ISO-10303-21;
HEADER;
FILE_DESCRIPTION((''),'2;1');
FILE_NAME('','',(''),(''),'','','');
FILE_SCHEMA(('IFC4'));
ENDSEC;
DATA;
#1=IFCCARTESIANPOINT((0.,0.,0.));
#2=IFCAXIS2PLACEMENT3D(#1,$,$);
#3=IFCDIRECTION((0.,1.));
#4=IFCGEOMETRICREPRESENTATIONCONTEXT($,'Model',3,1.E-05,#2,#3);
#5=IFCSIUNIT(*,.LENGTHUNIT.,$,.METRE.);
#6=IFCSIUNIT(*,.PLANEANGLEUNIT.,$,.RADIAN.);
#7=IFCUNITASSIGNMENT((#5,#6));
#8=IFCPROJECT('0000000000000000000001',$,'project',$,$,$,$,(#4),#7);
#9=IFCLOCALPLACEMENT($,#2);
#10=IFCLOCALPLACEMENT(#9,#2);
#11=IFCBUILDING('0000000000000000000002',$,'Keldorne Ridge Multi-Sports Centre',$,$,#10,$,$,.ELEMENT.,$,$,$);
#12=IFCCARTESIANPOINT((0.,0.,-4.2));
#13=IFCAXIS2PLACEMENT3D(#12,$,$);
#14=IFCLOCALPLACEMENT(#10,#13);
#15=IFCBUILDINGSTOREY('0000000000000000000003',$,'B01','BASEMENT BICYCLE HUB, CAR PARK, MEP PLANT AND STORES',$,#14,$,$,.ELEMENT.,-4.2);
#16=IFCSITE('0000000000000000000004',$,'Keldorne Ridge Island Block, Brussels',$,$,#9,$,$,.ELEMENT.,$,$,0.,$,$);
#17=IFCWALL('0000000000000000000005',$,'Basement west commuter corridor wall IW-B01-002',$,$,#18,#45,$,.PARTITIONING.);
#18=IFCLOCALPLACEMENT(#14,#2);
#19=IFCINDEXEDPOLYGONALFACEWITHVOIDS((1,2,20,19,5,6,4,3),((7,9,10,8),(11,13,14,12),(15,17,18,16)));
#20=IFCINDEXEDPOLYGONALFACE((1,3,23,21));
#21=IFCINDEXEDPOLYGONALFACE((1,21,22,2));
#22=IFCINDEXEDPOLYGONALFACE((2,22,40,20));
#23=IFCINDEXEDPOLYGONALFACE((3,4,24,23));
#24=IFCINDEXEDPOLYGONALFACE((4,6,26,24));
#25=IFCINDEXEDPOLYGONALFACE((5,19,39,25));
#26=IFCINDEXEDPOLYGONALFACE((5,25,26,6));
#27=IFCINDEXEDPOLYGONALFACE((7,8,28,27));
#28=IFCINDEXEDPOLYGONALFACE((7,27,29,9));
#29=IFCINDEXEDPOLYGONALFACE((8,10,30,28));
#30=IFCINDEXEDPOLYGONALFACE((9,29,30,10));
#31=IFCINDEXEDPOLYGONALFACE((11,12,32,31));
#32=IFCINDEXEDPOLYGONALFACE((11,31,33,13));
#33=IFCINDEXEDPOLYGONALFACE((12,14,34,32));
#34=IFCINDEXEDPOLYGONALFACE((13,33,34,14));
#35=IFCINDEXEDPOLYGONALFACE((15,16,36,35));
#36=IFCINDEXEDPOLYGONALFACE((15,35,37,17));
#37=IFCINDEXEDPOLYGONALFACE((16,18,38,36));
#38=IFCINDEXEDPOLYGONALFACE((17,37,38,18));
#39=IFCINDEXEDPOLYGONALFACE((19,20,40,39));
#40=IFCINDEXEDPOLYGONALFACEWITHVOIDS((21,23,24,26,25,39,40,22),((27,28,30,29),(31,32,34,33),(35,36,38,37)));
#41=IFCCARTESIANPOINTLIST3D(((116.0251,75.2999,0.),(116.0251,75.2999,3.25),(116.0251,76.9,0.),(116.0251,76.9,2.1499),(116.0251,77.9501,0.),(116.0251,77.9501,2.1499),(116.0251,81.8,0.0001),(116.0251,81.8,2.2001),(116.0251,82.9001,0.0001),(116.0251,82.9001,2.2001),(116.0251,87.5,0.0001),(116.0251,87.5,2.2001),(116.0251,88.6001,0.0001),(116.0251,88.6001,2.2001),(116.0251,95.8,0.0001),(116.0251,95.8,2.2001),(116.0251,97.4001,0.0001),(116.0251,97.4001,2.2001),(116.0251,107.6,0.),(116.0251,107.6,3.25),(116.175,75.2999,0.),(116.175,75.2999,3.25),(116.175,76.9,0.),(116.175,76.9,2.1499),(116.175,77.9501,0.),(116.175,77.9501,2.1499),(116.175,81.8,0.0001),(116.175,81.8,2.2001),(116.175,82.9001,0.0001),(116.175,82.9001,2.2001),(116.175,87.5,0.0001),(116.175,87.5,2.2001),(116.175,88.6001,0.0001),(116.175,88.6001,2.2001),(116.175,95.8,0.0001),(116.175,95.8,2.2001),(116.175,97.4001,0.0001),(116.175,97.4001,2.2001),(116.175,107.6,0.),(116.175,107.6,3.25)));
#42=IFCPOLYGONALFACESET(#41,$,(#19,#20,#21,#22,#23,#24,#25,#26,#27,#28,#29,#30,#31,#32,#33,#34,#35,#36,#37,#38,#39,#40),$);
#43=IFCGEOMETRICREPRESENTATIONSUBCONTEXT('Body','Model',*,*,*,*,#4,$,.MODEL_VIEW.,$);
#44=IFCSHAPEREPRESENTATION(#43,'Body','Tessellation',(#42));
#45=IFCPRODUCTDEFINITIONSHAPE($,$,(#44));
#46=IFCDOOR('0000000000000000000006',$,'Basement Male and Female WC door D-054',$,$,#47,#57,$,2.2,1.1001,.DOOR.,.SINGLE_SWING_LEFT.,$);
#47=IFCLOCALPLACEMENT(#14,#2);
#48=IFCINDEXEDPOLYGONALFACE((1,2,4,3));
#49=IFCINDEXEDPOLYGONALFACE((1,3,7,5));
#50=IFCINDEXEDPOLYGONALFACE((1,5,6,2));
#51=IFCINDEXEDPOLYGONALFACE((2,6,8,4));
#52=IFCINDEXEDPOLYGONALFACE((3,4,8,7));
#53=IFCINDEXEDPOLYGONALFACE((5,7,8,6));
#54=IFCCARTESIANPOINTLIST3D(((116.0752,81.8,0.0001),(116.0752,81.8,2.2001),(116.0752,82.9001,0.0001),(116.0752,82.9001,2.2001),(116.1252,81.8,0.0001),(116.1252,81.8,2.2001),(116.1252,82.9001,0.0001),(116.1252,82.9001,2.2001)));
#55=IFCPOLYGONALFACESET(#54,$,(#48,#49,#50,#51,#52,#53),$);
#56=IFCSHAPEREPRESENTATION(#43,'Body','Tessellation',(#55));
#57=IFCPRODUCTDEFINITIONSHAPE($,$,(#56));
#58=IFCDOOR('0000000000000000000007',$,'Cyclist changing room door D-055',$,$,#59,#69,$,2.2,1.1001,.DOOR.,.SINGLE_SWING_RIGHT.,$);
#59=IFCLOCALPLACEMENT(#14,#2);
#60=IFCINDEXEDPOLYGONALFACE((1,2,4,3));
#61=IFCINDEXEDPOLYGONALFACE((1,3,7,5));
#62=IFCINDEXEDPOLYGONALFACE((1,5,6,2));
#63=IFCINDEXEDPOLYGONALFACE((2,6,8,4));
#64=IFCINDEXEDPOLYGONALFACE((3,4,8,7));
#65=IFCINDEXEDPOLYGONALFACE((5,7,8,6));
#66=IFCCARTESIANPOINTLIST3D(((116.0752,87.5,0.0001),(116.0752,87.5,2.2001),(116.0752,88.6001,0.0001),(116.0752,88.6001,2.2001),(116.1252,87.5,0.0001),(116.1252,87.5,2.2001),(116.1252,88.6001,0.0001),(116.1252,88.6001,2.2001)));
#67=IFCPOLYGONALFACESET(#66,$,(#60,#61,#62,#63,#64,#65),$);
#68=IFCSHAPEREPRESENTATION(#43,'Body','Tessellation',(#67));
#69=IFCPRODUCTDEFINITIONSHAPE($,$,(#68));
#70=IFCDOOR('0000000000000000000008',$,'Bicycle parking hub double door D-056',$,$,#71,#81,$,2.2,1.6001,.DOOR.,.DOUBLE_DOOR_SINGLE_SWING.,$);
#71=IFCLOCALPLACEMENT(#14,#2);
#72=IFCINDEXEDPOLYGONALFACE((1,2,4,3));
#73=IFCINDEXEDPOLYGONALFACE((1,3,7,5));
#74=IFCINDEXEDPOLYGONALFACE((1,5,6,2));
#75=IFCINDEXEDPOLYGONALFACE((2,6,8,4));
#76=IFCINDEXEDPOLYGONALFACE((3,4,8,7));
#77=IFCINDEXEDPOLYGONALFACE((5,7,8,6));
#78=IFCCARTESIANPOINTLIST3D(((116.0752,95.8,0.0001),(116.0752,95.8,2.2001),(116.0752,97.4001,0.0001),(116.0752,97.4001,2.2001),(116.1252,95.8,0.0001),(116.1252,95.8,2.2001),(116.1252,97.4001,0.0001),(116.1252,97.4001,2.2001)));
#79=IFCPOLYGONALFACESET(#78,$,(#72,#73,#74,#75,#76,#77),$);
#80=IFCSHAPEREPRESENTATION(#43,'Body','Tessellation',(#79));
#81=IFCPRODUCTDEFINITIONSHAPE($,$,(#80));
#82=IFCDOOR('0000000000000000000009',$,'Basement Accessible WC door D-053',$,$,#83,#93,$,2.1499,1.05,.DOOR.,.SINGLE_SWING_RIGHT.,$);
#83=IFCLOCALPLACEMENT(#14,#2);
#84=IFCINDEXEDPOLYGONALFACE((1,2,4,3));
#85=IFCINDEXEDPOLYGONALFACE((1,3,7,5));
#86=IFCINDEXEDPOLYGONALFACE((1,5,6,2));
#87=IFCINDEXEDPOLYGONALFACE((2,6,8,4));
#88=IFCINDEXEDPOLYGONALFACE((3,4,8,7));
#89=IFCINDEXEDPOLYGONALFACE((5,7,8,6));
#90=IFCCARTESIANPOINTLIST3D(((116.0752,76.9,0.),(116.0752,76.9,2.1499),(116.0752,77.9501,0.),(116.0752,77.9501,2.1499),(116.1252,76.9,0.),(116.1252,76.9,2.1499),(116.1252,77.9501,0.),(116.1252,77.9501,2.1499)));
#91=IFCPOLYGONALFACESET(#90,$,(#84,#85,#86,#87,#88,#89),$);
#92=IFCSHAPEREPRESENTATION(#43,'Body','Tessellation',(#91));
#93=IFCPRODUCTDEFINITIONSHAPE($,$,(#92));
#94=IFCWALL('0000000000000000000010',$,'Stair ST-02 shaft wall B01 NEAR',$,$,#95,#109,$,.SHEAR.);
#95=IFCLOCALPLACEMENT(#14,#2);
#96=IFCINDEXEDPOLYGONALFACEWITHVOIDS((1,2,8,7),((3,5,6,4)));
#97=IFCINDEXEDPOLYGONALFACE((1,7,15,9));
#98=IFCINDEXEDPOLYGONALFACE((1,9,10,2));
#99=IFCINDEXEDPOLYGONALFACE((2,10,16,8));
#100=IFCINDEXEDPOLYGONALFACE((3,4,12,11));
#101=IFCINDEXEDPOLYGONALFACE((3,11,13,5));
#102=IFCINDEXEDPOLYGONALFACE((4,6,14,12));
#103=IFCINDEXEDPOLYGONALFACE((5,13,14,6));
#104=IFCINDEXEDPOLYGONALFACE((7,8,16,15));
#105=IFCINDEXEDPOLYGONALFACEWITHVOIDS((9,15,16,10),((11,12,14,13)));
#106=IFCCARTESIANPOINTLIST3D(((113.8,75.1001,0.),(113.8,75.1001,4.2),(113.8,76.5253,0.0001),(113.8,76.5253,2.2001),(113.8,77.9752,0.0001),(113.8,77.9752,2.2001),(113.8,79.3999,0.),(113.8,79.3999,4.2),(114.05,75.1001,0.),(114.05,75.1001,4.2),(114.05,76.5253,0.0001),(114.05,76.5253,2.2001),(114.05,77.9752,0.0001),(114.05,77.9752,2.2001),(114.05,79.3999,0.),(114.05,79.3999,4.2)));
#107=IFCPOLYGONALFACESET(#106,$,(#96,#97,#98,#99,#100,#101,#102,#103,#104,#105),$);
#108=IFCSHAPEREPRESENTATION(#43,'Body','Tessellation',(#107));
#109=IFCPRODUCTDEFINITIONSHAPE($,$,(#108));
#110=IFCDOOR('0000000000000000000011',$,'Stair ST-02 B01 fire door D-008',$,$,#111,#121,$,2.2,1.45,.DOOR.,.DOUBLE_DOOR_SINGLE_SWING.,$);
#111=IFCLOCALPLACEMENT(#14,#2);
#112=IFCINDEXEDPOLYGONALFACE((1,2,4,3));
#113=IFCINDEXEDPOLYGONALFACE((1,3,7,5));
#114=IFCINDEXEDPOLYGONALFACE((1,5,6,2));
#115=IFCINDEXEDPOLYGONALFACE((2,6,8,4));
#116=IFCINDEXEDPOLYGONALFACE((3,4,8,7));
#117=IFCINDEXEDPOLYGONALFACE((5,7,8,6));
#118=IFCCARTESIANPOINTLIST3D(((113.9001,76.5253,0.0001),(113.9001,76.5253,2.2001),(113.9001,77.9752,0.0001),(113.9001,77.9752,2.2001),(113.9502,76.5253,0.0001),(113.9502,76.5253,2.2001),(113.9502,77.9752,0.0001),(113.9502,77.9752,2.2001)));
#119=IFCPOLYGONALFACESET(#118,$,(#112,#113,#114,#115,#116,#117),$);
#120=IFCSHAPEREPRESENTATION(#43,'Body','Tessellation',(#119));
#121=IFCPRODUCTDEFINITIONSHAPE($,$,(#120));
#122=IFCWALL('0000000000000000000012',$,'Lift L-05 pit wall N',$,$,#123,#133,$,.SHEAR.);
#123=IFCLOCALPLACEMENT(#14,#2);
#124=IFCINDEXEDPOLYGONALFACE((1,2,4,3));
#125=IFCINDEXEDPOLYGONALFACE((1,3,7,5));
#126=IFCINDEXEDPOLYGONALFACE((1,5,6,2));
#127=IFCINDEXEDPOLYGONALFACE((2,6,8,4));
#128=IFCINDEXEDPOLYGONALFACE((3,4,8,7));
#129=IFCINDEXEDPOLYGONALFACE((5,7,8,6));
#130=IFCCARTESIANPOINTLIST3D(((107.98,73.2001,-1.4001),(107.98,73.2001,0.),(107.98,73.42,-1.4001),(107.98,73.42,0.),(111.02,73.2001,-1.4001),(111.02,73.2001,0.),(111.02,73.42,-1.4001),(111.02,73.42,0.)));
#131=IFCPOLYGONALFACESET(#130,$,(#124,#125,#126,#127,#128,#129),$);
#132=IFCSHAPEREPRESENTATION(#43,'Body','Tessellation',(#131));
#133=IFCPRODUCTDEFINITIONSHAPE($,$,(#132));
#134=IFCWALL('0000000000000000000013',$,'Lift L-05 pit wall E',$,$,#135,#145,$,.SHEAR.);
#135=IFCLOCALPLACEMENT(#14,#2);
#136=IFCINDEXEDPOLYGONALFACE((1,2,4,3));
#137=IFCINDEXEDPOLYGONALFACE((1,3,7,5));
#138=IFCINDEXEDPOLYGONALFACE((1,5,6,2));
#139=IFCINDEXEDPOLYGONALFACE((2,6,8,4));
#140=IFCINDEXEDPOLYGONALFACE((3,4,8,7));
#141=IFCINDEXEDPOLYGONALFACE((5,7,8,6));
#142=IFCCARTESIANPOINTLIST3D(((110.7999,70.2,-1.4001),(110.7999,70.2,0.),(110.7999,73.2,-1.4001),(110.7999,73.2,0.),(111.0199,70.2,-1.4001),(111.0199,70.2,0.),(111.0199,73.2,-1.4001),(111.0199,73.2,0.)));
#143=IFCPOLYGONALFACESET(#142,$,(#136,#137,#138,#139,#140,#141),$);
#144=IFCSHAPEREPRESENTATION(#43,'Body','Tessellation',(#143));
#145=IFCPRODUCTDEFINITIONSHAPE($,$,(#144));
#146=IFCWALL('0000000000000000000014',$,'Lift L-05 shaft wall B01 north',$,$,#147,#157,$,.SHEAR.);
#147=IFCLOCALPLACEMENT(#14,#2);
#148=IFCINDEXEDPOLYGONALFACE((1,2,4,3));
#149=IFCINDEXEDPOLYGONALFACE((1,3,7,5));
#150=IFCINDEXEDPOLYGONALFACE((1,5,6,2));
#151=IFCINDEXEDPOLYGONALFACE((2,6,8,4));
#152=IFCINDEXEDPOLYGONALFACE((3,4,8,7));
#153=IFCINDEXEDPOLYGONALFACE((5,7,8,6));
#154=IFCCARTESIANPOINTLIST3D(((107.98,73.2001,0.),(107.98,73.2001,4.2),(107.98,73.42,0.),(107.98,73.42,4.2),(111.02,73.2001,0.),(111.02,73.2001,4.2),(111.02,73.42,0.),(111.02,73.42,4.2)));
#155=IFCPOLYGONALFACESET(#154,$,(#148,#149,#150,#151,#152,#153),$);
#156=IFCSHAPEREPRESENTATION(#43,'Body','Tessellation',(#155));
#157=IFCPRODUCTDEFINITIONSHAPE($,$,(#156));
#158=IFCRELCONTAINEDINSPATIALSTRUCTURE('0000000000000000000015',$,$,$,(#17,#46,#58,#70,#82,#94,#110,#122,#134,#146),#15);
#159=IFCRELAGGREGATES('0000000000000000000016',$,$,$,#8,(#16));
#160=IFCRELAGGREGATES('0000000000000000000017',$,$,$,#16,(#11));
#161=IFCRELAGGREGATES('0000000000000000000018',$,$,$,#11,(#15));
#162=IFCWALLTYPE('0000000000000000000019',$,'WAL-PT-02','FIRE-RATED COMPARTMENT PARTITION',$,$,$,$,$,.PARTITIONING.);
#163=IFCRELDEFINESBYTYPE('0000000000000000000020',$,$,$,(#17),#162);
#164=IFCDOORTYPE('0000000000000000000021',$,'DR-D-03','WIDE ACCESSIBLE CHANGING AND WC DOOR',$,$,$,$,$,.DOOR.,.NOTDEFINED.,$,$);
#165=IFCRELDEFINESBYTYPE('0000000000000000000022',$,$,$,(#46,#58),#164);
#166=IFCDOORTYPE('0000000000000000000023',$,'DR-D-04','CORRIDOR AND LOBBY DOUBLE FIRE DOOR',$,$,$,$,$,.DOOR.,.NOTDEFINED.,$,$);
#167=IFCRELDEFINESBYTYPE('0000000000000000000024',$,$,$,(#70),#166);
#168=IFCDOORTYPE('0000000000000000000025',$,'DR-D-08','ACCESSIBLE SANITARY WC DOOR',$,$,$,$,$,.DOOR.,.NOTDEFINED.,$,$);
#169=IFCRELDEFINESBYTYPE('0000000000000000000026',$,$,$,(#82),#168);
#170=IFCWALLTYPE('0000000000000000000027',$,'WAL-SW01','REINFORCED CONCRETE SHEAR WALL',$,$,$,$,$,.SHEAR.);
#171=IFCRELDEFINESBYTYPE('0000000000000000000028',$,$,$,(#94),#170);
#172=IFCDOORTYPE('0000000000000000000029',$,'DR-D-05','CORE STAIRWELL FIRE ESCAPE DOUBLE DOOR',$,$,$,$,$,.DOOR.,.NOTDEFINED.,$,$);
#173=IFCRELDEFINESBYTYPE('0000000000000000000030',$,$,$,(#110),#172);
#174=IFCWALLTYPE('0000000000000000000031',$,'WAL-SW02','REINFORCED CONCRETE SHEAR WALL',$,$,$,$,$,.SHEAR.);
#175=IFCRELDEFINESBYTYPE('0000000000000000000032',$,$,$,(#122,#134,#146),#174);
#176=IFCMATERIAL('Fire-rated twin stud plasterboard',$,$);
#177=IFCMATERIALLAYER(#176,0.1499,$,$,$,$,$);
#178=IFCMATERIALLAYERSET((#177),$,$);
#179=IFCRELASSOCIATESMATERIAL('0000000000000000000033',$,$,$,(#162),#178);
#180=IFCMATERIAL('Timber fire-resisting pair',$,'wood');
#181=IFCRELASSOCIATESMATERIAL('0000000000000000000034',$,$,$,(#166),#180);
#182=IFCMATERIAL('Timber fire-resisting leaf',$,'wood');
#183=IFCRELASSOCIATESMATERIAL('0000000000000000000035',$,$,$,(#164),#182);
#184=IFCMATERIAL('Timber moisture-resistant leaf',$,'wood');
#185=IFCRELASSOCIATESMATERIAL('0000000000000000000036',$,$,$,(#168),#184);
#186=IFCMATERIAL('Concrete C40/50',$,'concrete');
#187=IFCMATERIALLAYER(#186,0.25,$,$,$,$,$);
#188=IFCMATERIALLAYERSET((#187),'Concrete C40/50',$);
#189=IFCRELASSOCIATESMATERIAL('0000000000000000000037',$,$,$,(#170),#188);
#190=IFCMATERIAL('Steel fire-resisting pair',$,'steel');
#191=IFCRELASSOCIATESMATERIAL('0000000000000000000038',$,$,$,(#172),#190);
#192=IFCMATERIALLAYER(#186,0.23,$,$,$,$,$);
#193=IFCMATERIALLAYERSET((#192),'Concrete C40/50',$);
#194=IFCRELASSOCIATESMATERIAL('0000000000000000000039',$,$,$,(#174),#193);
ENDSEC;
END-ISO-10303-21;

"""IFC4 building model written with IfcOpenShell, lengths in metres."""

from ifc_helpers import new_model, si_unit, direction, frame, frame_2d, origin, place, context, subcontext, project, spatial, rectangle, extrude, material, layer, layer_set, type_object, element, fill, save


model = new_model("IFC4")

# Units and contexts
model_context = context("Model", 3, precision=1e-05, world=origin(), true_north=direction((0.0, 1.0)))
body_context = subcontext(model_context, "Body", "Model", "MODEL_VIEW")
ifc_project = project(units=[si_unit("LENGTHUNIT", "METRE"), si_unit("PLANEANGLEUNIT", "RADIAN")], contexts=[model_context])

# Site, building, storey
site_placement = place(None, origin())
site = spatial("IfcSite", under=ifc_project, at=site_placement, Name="Keldorne Ridge Island Block, Brussels", CompositionType="ELEMENT", RefElevation=0.0)
building_placement = place(site_placement, origin())
building = spatial("IfcBuilding", under=site, at=building_placement, Name="Keldorne Ridge Multi-Sports Centre", CompositionType="ELEMENT")
storey_placement = place(building_placement, frame((0.0, 0.0, -4.2)))
storey = spatial("IfcBuildingStorey", under=building, at=storey_placement, Name="B01", Description="BASEMENT BICYCLE HUB, CAR PARK, MEP PLANT AND STORES", CompositionType="ELEMENT", Elevation=-4.2)

# Shared definitions
ifc_material_1 = material(Name="Concrete C40/50", Category="concrete")

# Wall, openings, doors
ifc_material_2 = material(Name="Fire-rated twin stud plasterboard")
ifc_layer_1 = layer(ifc_material_2, 0.1499)
ifc_layer_set_1 = layer_set([ifc_layer_1])
wall_type_1 = type_object("IfcWallType", Name="WAL-PT-02", Description="FIRE-RATED COMPARTMENT PARTITION", PredefinedType="PARTITIONING", material=ifc_layer_set_1)
ifc_material_3 = material(Name="Timber fire-resisting pair", Category="wood")
door_type_1 = type_object("IfcDoorType", Name="DR-D-04", Description="CORRIDOR AND LOBBY DOUBLE FIRE DOOR", OperationType="NOTDEFINED", PredefinedType="DOOR", material=ifc_material_3)
wall_1_placement = place(storey_placement, frame((116.1001, 75.3, 0.0), z_axis=(0.0, 0.0, 1.0), x_axis=(0.0, 1.0, 0.0)))
wall_1 = element("IfcWall", 1, at=wall_1_placement, inside=storey, type_object=wall_type_1, Name="Basement west commuter corridor wall IW-B01-002", PredefinedType="PARTITIONING", context=body_context, shape_type="SweptSolid", body=[
    extrude(rectangle(XDim=32.3, YDim=0.1499, at=frame_2d((16.1499, 0.0))), origin(), (0.0, 0.0, 1.0), 3.25),
])
opening_1_placement = place(wall_1_placement, frame((1.6001, 0.0, 0.0)))
opening_1 = element("IfcOpeningElement", 2, at=opening_1_placement, cuts=wall_1, PredefinedType="OPENING", context=body_context, shape_type="SweptSolid", body=[
    extrude(rectangle(XDim=1.05, YDim=2.1499, at=frame_2d((0.5249, 1.075))), frame((0.0, 0.085, 0.0), z_axis=(0.0, -1.0, 0.0), x_axis=(1.0, 0.0, 0.0)), (0.0, 0.0, 1.0), 0.1699),
])
opening_2_placement = place(wall_1_placement, frame((6.5, 0.0, 0.0)))
opening_2 = element("IfcOpeningElement", 3, at=opening_2_placement, cuts=wall_1, PredefinedType="OPENING", context=body_context, shape_type="SweptSolid", body=[
    extrude(rectangle(XDim=1.1001, YDim=2.2, at=frame_2d((0.55, 1.1001))), frame((0.0, 0.085, 0.0), z_axis=(0.0, -1.0, 0.0), x_axis=(1.0, 0.0, 0.0)), (0.0, 0.0, 1.0), 0.1699),
])
opening_3_placement = place(wall_1_placement, frame((12.2, 0.0, 0.0)))
opening_3 = element("IfcOpeningElement", 4, at=opening_3_placement, cuts=wall_1, PredefinedType="OPENING", context=body_context, shape_type="SweptSolid", body=[
    extrude(rectangle(XDim=1.1001, YDim=2.2, at=frame_2d((0.55, 1.1001))), frame((0.0, 0.085, 0.0), z_axis=(0.0, -1.0, 0.0), x_axis=(1.0, 0.0, 0.0)), (0.0, 0.0, 1.0), 0.1699),
])
opening_4_placement = place(wall_1_placement, frame((20.5, 0.0, 0.0)))
opening_4 = element("IfcOpeningElement", 5, at=opening_4_placement, cuts=wall_1, PredefinedType="OPENING", context=body_context, shape_type="SweptSolid", body=[
    extrude(rectangle(XDim=1.6001, YDim=2.2, at=frame_2d((0.8, 1.1001))), frame((0.0, 0.085, 0.0), z_axis=(0.0, -1.0, 0.0), x_axis=(1.0, 0.0, 0.0)), (0.0, 0.0, 1.0), 0.1699),
])
ifc_material_4 = material(Name="Timber fire-resisting leaf", Category="wood")
door_type_2 = type_object("IfcDoorType", Name="DR-D-03", Description="WIDE ACCESSIBLE CHANGING AND WC DOOR", OperationType="NOTDEFINED", PredefinedType="DOOR", material=ifc_material_4)
door_1_placement = place(opening_2_placement, origin())
door_1 = element("IfcDoor", 6, at=door_1_placement, inside=storey, type_object=door_type_2, Name="Basement Male and Female WC door D-054", OperationType="SINGLE_SWING_LEFT", OverallHeight=2.2, OverallWidth=1.1001, PredefinedType="DOOR", context=body_context, shape_type="SweptSolid", body=[
    extrude(rectangle(XDim=1.1001, YDim=2.2, at=frame_2d((0.55, 1.1001))), frame((0.0, 0.0249, 0.0), z_axis=(0.0, -1.0, 0.0), x_axis=(1.0, 0.0, 0.0)), (0.0, 0.0, 1.0), 0.05),
])
fill(opening_2, door_1)
door_2_placement = place(opening_3_placement, origin())
door_2 = element("IfcDoor", 7, at=door_2_placement, inside=storey, type_object=door_type_2, Name="Cyclist changing room door D-055", OperationType="SINGLE_SWING_RIGHT", OverallHeight=2.2, OverallWidth=1.1001, PredefinedType="DOOR", context=body_context, shape_type="SweptSolid", body=[
    extrude(rectangle(XDim=1.1001, YDim=2.2, at=frame_2d((0.55, 1.1001))), frame((0.0, 0.0249, 0.0), z_axis=(0.0, -1.0, 0.0), x_axis=(1.0, 0.0, 0.0)), (0.0, 0.0, 1.0), 0.05),
])
fill(opening_3, door_2)
door_3_placement = place(opening_4_placement, origin())
door_3 = element("IfcDoor", 8, at=door_3_placement, inside=storey, type_object=door_type_1, Name="Bicycle parking hub double door D-056", OperationType="DOUBLE_DOOR_SINGLE_SWING", OverallHeight=2.2, OverallWidth=1.6001, PredefinedType="DOOR", context=body_context, shape_type="SweptSolid", body=[
    extrude(rectangle(XDim=1.6001, YDim=2.2, at=frame_2d((0.8, 1.1001))), frame((0.0, 0.0249, 0.0), z_axis=(0.0, -1.0, 0.0), x_axis=(1.0, 0.0, 0.0)), (0.0, 0.0, 1.0), 0.05),
])
fill(opening_4, door_3)
ifc_material_5 = material(Name="Timber moisture-resistant leaf", Category="wood")
door_type_3 = type_object("IfcDoorType", Name="DR-D-08", Description="ACCESSIBLE SANITARY WC DOOR", OperationType="NOTDEFINED", PredefinedType="DOOR", material=ifc_material_5)
door_4_placement = place(opening_1_placement, origin())
door_4 = element("IfcDoor", 9, at=door_4_placement, inside=storey, type_object=door_type_3, Name="Basement Accessible WC door D-053", OperationType="SINGLE_SWING_RIGHT", OverallHeight=2.1499, OverallWidth=1.05, PredefinedType="DOOR", context=body_context, shape_type="SweptSolid", body=[
    extrude(rectangle(XDim=1.05, YDim=2.1499, at=frame_2d((0.5249, 1.075))), frame((0.0, 0.0249, 0.0), z_axis=(0.0, -1.0, 0.0), x_axis=(1.0, 0.0, 0.0)), (0.0, 0.0, 1.0), 0.05),
])
fill(opening_1, door_4)

# Wall, opening, door
ifc_layer_2 = layer(ifc_material_1, 0.25)
ifc_layer_set_2 = layer_set([ifc_layer_2], Name="Concrete C40/50")
wall_type_2 = type_object("IfcWallType", Name="WAL-SW01", Description="REINFORCED CONCRETE SHEAR WALL", PredefinedType="SHEAR", material=ifc_layer_set_2)
wall_2_placement = place(storey_placement, frame((113.925, 75.1001, 0.0), z_axis=(0.0, 0.0, 1.0), x_axis=(0.0, 1.0, 0.0)))
wall_2 = element("IfcWall", 10, at=wall_2_placement, inside=storey, type_object=wall_type_2, Name="Stair ST-02 shaft wall B01 NEAR", PredefinedType="SHEAR", context=body_context, shape_type="SweptSolid", body=[
    extrude(rectangle(XDim=4.2998, YDim=0.25, at=frame_2d((2.1499, 0.0))), origin(), (0.0, 0.0, 1.0), 4.2),
])
opening_5_placement = place(wall_2_placement, frame((1.425, 0.0, 0.0)))
opening_5 = element("IfcOpeningElement", 11, at=opening_5_placement, cuts=wall_2, PredefinedType="OPENING", context=body_context, shape_type="SweptSolid", body=[
    extrude(rectangle(XDim=1.45, YDim=2.2, at=frame_2d((0.7251, 1.1001))), frame((0.0, 0.135, 0.0), z_axis=(0.0, -1.0, 0.0), x_axis=(1.0, 0.0, 0.0)), (0.0, 0.0, 1.0), 0.27),
])
ifc_material_6 = material(Name="Steel fire-resisting pair", Category="steel")
door_type_4 = type_object("IfcDoorType", Name="DR-D-05", Description="CORE STAIRWELL FIRE ESCAPE DOUBLE DOOR", OperationType="NOTDEFINED", PredefinedType="DOOR", material=ifc_material_6)
door_5_placement = place(opening_5_placement, origin())
door_5 = element("IfcDoor", 12, at=door_5_placement, inside=storey, type_object=door_type_4, Name="Stair ST-02 B01 fire door D-008", OperationType="DOUBLE_DOOR_SINGLE_SWING", OverallHeight=2.2, OverallWidth=1.45, PredefinedType="DOOR", context=body_context, shape_type="SweptSolid", body=[
    extrude(rectangle(XDim=1.45, YDim=2.2, at=frame_2d((0.7251, 1.1001))), frame((0.0, 0.0249, 0.0), z_axis=(0.0, -1.0, 0.0), x_axis=(1.0, 0.0, 0.0)), (0.0, 0.0, 1.0), 0.05),
])
fill(opening_5, door_5)

# Walls
ifc_layer_3 = layer(ifc_material_1, 0.23)
ifc_layer_set_3 = layer_set([ifc_layer_3], Name="Concrete C40/50")
wall_type_3 = type_object("IfcWallType", Name="WAL-SW02", Description="REINFORCED CONCRETE SHEAR WALL", PredefinedType="SHEAR", material=ifc_layer_set_3)
wall_3_placement = place(storey_placement, frame((111.02, 73.3101, -1.4001), z_axis=(0.0, 0.0, 1.0), x_axis=(-1.0, 0.0, 0.0)))
element("IfcWall", 13, at=wall_3_placement, inside=storey, type_object=wall_type_3, Name="Lift L-05 pit wall N", PredefinedType="SHEAR", context=body_context, shape_type="SweptSolid", body=[
    extrude(rectangle(XDim=3.04, YDim=0.22, at=frame_2d((1.52, 0.0))), origin(), (0.0, 0.0, 1.0), 1.4001),
])
wall_4_placement = place(storey_placement, frame((110.9099, 70.2, -1.4001), z_axis=(0.0, 0.0, 1.0), x_axis=(0.0, 1.0, 0.0)))
element("IfcWall", 14, at=wall_4_placement, inside=storey, type_object=wall_type_3, Name="Lift L-05 pit wall E", PredefinedType="SHEAR", context=body_context, shape_type="SweptSolid", body=[
    extrude(rectangle(XDim=3.0, YDim=0.22, at=frame_2d((1.5, 0.0))), origin(), (0.0, 0.0, 1.0), 1.4001),
])
wall_5_placement = place(storey_placement, frame((111.02, 73.3101, 0.0), z_axis=(0.0, 0.0, 1.0), x_axis=(-1.0, 0.0, 0.0)))
element("IfcWall", 15, at=wall_5_placement, inside=storey, type_object=wall_type_3, Name="Lift L-05 shaft wall B01 north", PredefinedType="SHEAR", context=body_context, shape_type="SweptSolid", body=[
    extrude(rectangle(XDim=3.04, YDim=0.22, at=frame_2d((1.52, 0.0))), origin(), (0.0, 0.0, 1.0), 4.2),
])

save(model, "model.ifc")
